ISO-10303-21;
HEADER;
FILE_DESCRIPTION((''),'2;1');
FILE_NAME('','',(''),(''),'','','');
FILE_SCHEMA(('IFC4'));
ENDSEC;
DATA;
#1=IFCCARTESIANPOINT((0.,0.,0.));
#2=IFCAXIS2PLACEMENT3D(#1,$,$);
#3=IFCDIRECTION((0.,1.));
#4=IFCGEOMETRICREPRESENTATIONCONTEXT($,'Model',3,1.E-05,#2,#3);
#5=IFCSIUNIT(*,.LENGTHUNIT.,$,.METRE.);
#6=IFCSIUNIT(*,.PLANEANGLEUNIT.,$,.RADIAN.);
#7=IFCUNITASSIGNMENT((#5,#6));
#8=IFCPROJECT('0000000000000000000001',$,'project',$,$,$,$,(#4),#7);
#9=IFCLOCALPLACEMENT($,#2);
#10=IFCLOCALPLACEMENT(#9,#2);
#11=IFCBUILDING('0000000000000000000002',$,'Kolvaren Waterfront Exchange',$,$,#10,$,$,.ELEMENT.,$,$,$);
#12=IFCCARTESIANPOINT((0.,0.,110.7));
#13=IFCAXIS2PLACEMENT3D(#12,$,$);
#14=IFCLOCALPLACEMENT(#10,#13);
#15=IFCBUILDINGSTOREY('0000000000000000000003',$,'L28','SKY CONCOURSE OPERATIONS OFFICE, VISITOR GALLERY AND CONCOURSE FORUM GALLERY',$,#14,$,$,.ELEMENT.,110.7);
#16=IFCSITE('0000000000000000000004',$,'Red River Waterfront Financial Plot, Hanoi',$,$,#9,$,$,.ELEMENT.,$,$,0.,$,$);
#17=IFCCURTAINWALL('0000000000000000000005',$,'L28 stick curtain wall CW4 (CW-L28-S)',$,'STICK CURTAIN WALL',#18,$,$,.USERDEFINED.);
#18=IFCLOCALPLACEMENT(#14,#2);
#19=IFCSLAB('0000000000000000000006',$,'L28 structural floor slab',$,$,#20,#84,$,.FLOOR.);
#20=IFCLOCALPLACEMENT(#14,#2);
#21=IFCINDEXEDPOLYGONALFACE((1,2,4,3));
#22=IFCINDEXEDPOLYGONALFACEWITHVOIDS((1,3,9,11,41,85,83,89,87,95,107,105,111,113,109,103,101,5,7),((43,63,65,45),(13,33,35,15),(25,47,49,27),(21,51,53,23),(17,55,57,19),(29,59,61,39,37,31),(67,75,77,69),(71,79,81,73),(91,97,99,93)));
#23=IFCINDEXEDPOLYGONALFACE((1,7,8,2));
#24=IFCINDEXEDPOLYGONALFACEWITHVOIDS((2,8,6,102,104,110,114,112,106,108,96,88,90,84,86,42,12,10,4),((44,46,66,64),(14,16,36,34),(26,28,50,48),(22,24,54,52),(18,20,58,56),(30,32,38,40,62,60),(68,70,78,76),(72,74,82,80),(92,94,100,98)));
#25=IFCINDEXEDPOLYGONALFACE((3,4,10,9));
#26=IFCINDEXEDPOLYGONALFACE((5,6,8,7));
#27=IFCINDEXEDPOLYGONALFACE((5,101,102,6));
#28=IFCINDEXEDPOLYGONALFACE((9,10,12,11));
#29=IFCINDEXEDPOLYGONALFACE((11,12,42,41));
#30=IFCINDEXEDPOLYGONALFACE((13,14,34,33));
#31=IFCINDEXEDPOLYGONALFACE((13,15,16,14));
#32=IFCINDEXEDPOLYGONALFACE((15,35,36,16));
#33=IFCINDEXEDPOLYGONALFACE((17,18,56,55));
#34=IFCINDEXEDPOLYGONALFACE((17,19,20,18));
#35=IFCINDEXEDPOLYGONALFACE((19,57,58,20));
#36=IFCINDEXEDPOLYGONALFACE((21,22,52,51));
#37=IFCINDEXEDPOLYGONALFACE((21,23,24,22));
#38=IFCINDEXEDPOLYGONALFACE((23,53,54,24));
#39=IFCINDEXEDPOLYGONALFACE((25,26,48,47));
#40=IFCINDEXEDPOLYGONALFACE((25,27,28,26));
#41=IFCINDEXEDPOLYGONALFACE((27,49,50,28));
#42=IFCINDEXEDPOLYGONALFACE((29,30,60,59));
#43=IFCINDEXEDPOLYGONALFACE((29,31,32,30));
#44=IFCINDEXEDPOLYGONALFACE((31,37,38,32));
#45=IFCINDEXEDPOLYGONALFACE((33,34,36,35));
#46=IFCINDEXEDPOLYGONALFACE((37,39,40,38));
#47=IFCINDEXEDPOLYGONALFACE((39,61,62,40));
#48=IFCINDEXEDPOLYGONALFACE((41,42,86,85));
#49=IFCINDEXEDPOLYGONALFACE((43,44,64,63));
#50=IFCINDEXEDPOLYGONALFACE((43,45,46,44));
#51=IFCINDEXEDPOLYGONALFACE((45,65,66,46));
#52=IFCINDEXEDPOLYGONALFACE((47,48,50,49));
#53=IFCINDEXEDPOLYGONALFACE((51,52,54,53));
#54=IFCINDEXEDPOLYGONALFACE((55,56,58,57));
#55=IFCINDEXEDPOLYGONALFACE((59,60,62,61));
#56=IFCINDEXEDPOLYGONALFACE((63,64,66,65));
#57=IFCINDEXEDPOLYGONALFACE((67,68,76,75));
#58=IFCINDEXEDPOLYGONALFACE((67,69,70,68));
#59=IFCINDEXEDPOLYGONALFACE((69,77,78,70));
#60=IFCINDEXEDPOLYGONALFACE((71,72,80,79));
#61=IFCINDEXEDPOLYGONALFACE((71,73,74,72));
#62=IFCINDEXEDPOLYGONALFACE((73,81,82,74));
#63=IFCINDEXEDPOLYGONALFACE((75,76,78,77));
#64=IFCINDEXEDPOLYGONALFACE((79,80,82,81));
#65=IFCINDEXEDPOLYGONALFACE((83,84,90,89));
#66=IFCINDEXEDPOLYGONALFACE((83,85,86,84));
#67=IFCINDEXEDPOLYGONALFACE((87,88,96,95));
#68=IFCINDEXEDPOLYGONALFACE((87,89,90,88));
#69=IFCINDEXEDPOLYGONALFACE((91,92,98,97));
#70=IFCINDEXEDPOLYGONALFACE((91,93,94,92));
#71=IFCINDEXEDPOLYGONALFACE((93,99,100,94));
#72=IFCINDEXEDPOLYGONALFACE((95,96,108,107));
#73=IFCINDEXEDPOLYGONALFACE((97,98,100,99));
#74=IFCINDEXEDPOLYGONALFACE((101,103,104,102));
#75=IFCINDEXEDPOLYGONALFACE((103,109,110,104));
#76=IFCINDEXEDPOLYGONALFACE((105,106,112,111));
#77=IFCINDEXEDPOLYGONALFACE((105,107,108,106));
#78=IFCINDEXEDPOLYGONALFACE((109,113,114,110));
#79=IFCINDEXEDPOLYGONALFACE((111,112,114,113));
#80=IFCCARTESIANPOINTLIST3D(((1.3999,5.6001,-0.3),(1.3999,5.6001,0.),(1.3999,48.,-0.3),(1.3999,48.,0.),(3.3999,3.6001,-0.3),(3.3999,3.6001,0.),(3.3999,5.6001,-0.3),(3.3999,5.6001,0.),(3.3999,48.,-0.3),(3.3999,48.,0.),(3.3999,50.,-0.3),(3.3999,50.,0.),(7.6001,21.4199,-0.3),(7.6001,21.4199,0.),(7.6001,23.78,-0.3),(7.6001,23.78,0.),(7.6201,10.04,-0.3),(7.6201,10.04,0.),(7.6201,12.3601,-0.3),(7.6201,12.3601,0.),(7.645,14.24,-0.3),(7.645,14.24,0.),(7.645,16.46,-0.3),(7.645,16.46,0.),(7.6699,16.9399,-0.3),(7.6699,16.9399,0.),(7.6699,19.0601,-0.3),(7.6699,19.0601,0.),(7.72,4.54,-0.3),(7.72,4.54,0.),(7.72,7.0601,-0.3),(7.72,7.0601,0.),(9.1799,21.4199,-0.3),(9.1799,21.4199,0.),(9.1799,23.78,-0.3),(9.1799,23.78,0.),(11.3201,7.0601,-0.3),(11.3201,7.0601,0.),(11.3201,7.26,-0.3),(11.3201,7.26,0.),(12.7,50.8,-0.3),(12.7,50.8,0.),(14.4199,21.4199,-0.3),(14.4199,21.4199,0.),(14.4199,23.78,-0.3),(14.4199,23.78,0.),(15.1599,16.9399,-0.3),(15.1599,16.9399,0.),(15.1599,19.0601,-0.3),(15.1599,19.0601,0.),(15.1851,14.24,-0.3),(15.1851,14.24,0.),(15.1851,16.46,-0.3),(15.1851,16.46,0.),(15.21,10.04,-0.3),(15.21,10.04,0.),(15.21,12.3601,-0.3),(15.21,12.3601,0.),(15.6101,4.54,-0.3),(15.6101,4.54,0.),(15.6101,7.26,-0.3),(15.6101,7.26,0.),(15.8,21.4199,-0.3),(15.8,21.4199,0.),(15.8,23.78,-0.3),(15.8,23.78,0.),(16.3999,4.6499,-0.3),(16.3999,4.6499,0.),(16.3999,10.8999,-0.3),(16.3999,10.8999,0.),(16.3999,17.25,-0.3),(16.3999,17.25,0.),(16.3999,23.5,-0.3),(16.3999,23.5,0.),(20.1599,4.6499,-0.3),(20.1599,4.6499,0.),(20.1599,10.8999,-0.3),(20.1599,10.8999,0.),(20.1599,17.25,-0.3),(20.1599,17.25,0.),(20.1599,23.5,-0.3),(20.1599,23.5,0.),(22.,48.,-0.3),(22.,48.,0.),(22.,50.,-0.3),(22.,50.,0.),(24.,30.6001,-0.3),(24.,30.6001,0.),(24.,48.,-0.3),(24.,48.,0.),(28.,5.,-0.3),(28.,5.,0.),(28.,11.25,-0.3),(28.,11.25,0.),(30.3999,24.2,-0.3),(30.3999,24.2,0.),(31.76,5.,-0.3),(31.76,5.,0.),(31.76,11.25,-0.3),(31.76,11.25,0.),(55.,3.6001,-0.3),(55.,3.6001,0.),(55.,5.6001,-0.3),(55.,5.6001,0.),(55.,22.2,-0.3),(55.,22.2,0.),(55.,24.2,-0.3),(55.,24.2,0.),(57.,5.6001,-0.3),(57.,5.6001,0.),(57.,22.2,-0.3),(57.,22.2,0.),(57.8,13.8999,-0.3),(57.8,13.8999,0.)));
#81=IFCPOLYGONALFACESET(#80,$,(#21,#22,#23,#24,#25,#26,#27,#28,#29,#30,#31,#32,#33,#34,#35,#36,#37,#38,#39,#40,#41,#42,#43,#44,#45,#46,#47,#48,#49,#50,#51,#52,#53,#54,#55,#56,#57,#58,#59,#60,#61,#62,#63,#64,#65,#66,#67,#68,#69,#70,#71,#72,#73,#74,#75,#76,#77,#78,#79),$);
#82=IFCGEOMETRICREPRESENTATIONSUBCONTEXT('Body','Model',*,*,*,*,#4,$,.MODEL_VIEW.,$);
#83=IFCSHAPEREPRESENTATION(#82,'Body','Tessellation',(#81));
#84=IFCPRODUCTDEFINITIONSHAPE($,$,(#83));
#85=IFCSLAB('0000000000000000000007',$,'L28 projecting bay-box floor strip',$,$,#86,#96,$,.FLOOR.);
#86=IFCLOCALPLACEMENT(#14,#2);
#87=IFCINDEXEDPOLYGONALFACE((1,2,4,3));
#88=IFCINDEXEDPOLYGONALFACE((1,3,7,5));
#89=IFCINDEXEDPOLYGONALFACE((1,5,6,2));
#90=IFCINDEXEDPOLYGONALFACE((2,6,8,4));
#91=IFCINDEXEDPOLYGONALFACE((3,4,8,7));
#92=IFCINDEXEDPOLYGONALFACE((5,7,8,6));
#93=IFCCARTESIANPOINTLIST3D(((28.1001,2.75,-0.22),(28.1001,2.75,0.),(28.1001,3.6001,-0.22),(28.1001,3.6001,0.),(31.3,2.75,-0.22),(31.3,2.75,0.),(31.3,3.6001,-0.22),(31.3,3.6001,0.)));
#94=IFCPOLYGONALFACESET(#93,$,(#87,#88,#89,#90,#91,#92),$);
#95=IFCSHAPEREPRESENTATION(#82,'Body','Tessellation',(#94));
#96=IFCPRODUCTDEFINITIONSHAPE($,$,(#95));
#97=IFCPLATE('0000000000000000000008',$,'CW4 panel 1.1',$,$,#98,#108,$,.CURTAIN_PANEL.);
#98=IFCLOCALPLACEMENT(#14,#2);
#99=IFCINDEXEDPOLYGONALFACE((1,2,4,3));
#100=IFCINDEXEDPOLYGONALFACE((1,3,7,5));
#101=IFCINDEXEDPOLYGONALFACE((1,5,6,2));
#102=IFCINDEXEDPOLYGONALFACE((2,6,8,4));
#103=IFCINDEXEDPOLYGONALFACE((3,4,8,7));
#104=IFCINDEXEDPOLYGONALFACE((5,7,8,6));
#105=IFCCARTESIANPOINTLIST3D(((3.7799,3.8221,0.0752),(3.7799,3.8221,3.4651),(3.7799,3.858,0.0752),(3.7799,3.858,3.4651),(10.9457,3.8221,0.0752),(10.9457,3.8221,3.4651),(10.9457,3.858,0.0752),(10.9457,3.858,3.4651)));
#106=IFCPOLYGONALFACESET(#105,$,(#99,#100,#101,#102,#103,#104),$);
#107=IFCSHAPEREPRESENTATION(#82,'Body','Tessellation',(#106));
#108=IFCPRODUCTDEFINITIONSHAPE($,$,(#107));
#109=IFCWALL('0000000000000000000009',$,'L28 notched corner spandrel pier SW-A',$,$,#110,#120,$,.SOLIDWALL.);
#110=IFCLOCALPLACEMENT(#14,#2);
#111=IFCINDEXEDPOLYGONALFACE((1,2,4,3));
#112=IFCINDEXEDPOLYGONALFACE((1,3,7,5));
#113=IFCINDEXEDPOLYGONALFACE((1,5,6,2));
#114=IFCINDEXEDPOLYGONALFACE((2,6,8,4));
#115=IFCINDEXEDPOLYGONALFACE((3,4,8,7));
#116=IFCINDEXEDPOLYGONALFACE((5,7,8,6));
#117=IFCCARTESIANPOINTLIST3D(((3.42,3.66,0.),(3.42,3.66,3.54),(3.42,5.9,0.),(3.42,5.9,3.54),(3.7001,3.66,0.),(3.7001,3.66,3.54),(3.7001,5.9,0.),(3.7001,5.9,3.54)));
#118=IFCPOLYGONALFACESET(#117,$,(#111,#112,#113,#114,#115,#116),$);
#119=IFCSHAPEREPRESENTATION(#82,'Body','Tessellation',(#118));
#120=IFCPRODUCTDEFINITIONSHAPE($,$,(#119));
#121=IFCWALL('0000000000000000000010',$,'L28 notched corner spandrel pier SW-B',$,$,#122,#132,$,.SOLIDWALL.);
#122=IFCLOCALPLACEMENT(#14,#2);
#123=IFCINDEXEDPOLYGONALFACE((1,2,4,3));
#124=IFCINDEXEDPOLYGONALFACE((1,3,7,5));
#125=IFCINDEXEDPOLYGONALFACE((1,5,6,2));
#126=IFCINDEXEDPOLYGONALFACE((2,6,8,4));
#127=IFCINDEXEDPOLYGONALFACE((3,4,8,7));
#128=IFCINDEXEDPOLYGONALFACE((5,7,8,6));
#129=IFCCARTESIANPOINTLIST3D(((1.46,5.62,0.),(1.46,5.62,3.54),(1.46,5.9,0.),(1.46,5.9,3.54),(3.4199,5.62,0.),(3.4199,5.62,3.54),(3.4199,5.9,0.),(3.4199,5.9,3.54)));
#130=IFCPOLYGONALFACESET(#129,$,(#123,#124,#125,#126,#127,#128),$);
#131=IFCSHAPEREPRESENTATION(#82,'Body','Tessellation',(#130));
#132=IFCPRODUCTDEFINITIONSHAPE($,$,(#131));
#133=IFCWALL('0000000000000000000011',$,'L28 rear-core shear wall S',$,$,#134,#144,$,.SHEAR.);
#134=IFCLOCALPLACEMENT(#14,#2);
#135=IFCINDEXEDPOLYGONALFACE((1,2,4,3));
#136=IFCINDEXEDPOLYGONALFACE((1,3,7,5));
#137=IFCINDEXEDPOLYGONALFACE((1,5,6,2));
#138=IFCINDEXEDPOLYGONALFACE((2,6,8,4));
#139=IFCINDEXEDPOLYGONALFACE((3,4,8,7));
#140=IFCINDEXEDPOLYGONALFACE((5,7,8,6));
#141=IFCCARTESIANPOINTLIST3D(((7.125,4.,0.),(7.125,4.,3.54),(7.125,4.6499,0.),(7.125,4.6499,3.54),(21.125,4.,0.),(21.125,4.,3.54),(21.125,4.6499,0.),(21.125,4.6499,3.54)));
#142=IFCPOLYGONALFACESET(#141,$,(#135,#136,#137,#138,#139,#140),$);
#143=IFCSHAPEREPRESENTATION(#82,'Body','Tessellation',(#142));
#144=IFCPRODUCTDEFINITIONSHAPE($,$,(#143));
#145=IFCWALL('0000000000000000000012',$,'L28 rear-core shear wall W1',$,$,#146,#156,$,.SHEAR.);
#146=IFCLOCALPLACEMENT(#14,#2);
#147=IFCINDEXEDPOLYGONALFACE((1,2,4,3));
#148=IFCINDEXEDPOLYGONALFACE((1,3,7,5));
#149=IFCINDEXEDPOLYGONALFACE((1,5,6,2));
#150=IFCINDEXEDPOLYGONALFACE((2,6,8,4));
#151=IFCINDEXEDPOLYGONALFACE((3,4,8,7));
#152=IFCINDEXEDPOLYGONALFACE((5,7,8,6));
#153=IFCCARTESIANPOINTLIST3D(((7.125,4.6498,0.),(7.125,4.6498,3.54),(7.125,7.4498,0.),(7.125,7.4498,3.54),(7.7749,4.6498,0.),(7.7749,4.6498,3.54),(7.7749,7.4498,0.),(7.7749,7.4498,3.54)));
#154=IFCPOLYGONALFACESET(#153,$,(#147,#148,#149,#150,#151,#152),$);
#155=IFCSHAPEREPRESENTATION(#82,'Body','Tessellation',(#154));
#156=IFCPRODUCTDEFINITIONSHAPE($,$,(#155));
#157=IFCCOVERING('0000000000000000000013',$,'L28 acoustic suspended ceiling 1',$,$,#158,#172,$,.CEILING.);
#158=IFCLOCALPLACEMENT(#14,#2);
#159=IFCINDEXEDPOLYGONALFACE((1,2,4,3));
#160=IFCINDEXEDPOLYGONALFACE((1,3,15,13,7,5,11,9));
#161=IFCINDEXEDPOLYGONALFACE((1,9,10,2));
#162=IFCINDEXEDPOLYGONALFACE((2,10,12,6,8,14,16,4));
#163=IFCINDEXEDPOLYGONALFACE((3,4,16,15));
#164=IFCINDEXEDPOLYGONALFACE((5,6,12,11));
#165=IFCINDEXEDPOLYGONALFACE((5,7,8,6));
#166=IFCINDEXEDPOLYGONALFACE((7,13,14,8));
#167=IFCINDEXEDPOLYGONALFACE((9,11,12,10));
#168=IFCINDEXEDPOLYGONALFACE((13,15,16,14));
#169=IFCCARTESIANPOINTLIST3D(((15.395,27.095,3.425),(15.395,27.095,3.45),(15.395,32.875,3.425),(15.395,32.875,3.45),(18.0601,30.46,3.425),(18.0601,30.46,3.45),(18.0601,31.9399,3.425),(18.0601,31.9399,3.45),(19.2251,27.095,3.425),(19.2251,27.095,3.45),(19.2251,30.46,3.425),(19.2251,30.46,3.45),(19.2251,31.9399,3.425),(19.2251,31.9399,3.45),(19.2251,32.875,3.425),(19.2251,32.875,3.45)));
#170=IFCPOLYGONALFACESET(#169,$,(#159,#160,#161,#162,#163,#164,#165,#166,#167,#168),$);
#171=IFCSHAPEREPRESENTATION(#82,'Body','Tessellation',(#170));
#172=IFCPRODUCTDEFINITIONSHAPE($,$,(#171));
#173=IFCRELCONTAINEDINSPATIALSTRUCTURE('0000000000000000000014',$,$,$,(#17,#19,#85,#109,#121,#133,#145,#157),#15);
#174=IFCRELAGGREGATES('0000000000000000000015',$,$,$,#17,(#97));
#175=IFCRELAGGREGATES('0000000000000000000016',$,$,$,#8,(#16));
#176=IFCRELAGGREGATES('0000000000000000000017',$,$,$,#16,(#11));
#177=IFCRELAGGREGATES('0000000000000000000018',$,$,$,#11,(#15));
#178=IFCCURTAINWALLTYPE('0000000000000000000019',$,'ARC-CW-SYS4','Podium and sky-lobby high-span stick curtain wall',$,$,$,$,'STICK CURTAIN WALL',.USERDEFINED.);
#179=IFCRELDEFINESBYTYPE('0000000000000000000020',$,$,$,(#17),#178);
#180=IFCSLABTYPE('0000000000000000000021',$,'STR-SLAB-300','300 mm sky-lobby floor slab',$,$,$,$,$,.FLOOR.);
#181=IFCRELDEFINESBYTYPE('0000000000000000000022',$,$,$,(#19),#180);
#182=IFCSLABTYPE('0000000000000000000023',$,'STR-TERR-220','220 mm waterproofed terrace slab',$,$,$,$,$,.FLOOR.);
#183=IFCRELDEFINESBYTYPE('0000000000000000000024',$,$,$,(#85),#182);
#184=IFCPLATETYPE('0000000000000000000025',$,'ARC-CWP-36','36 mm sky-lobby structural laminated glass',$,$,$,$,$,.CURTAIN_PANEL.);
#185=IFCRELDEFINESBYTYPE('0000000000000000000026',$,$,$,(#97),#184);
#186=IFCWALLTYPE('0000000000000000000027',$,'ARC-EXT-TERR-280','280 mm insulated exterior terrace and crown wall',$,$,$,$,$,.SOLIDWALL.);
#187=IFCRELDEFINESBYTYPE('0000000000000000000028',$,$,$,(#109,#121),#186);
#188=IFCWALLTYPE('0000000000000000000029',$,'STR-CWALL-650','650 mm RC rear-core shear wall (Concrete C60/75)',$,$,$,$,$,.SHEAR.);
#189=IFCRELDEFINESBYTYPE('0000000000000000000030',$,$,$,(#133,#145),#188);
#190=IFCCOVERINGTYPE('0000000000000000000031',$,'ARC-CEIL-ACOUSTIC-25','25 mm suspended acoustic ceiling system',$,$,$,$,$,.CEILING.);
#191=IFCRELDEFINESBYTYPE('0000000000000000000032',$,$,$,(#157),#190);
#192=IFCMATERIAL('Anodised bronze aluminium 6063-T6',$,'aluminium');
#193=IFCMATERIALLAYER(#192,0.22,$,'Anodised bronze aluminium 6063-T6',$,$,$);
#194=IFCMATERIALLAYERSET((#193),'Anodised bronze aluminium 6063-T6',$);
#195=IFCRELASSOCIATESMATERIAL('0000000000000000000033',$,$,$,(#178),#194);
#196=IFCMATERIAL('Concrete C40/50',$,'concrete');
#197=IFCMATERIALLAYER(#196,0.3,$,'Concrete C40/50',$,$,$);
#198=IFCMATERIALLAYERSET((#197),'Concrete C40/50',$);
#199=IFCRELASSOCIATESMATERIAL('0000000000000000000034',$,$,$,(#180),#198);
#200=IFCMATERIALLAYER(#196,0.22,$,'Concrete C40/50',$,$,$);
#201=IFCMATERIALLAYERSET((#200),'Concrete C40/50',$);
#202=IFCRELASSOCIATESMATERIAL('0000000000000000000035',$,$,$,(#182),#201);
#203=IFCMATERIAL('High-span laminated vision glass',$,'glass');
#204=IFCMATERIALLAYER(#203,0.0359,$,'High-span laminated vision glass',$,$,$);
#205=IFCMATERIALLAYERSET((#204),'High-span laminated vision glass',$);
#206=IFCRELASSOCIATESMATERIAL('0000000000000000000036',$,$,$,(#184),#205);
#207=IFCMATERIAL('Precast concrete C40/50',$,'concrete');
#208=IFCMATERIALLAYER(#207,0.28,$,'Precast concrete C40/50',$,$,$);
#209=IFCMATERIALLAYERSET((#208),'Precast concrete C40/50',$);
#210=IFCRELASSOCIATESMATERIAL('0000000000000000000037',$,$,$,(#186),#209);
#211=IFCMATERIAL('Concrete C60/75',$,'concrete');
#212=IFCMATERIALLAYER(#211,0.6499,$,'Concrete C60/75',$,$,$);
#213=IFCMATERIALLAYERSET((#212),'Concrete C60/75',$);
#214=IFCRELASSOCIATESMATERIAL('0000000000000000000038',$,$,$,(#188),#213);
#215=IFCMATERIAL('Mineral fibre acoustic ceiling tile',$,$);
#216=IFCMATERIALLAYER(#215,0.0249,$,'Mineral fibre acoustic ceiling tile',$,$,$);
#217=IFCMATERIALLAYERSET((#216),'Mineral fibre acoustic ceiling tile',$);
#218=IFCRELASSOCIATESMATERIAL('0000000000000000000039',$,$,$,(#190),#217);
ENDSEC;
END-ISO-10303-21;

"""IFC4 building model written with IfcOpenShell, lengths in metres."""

from ifc_helpers import new_model, si_unit, direction, frame, frame_2d, origin, origin_with_axes, origin_2d, place, context, subcontext, project, spatial, polyline, rectangle, outline, extrude, source, transform, mapped, material, layer, layer_set, type_object, element, aggregate, save


model = new_model("IFC4")

# Units and contexts
model_context = context("Model", 3, precision=1e-05, world=origin(), true_north=direction((0.0, 1.0)))
body_context = subcontext(model_context, "Body", "Model", "MODEL_VIEW")
ifc_project = project(units=[si_unit("LENGTHUNIT", "METRE"), si_unit("PLANEANGLEUNIT", "RADIAN")], contexts=[model_context])

# Site, building, storey
site_placement = place(None, origin())
site = spatial("IfcSite", under=ifc_project, at=site_placement, Name="Red River Waterfront Financial Plot, Hanoi", CompositionType="ELEMENT", RefElevation=0.0)
building_placement = place(site_placement, origin())
building = spatial("IfcBuilding", under=site, at=building_placement, Name="Kolvaren Waterfront Exchange", CompositionType="ELEMENT")
storey_placement = place(building_placement, frame((0.0, 0.0, 110.7)))
storey = spatial("IfcBuildingStorey", under=building, at=storey_placement, Name="L28", Description="SKY CONCOURSE OPERATIONS OFFICE, VISITOR GALLERY AND CONCOURSE FORUM GALLERY", CompositionType="ELEMENT", Elevation=110.7)

# Shared definitions
ifc_material_1 = material(Name="Concrete C60/75", Category="concrete")

# Curtain wall
ifc_material_2 = material(Name="Anodised bronze aluminium 6063-T6", Category="aluminium")
ifc_layer_1 = layer(ifc_material_2, 0.22, Name="Anodised bronze aluminium 6063-T6")
ifc_layer_set_1 = layer_set([ifc_layer_1], Name="Anodised bronze aluminium 6063-T6")
curtain_wall_type = type_object("IfcCurtainWallType", Name="ARC-CW-SYS4", Description="Podium and sky-lobby high-span stick curtain wall", ElementType="STICK CURTAIN WALL", PredefinedType="USERDEFINED", material=ifc_layer_set_1)
curtain_wall_placement = place(storey_placement, origin())
curtain_wall = element("IfcCurtainWall", 1, at=curtain_wall_placement, inside=storey, type_object=curtain_wall_type, Name="L28 stick curtain wall CW4 (CW-L28-S)", ObjectType="STICK CURTAIN WALL", PredefinedType="USERDEFINED")

# Shared definitions
ifc_material_3 = material(Name="Concrete C40/50", Category="concrete")

# Slabs
ifc_layer_2 = layer(ifc_material_3, 0.3, Name="Concrete C40/50")
ifc_layer_set_2 = layer_set([ifc_layer_2], Name="Concrete C40/50")
slab_type_1 = type_object("IfcSlabType", Name="STR-SLAB-300", Description="300 mm sky-lobby floor slab", PredefinedType="FLOOR", material=ifc_layer_set_2)
slab_1_placement = place(storey_placement, frame((0.0, 0.0, -0.3)))
element("IfcSlab", 2, at=slab_1_placement, inside=storey, type_object=slab_type_1, Name="L28 structural floor slab", PredefinedType="FLOOR", context=body_context, shape_type="SweptSolid", body=[
    extrude(outline(polyline([(3.3999, 3.6001), (55.0, 3.6001), (55.0, 5.6001), (57.0, 5.6001), (57.8, 13.8999), (57.0, 22.2), (55.0, 22.2), (55.0, 24.2), (30.3999, 24.2), (24.0, 30.6001), (24.0, 48.0), (22.0, 48.0), (22.0, 50.0), (12.7, 50.8), (3.3999, 50.0), (3.3999, 48.0), (1.3999, 48.0), (1.3999, 5.6001), (3.3999, 5.6001), (3.3999, 3.6001)]), holes=[polyline([(11.3201, 7.26), (15.6101, 7.26), (15.6101, 4.54), (7.72, 4.54), (7.72, 7.0601), (11.3201, 7.0601), (11.3201, 7.26)]), polyline([(20.1599, 4.6499), (16.3999, 4.6499), (16.3999, 10.8999), (20.1599, 10.8999), (20.1599, 4.6499)]), polyline([(31.76, 5.0), (28.0, 5.0), (28.0, 11.25), (31.76, 11.25), (31.76, 5.0)]), polyline([(15.21, 10.04), (7.6201, 10.04), (7.6201, 12.3601), (15.21, 12.3601), (15.21, 10.04)]), polyline([(7.645, 16.46), (15.1851, 16.46), (15.1851, 14.24), (7.645, 14.24), (7.645, 16.46)]), polyline([(15.1599, 16.9399), (7.6699, 16.9399), (7.6699, 19.0601), (15.1599, 19.0601), (15.1599, 16.9399)]), polyline([(16.3999, 23.5), (20.1599, 23.5), (20.1599, 17.25), (16.3999, 17.25), (16.3999, 23.5)]), polyline([(7.6001, 23.78), (9.1799, 23.78), (9.1799, 21.4199), (7.6001, 21.4199), (7.6001, 23.78)]), polyline([(15.8, 23.78), (15.8, 21.4199), (14.4199, 21.4199), (14.4199, 23.78), (15.8, 23.78)])]), origin(), (0.0, 0.0, 1.0), 0.3),
])
ifc_layer_3 = layer(ifc_material_3, 0.22, Name="Concrete C40/50")
ifc_layer_set_3 = layer_set([ifc_layer_3], Name="Concrete C40/50")
slab_type_2 = type_object("IfcSlabType", Name="STR-TERR-220", Description="220 mm waterproofed terrace slab", PredefinedType="FLOOR", material=ifc_layer_set_3)
slab_2_placement = place(storey_placement, frame((0.0, 0.0, -0.22)))
element("IfcSlab", 3, at=slab_2_placement, inside=storey, type_object=slab_type_2, Name="L28 projecting bay-box floor strip", PredefinedType="FLOOR", context=body_context, shape_type="SweptSolid", body=[
    extrude(outline(polyline([(28.1001, 2.75), (31.3, 2.75), (31.3, 3.6001), (28.1001, 3.6001), (28.1001, 2.75)])), origin(), (0.0, 0.0, 1.0), 0.22),
])

# Plate
ifc_material_4 = material(Name="High-span laminated vision glass", Category="glass")
ifc_layer_4 = layer(ifc_material_4, 0.0359, Name="High-span laminated vision glass")
ifc_layer_set_4 = layer_set([ifc_layer_4], Name="High-span laminated vision glass")
plate_type = type_object("IfcPlateType", Name="ARC-CWP-36", Description="36 mm sky-lobby structural laminated glass", PredefinedType="CURTAIN_PANEL", material=ifc_layer_set_4)
shared_shape_1 = source(origin_with_axes(), body_context, "Body", "SweptSolid", [
    extrude(rectangle(XDim=7.1658, YDim=0.0359, at=origin_2d()), origin(), (0.0, 0.0, 1.0), 3.3899),
])
plate_placement = place(storey_placement, frame((7.3628, 3.8401, 0.0752), z_axis=(0.0, 0.0, 1.0), x_axis=(1.0, 0.0, 0.0)))
plate = element("IfcPlate", 4, at=plate_placement, type_object=plate_type, Name="CW4 panel 1.1", PredefinedType="CURTAIN_PANEL", context=body_context, shape_type="MappedRepresentation", body=[
    mapped(shared_shape_1, transform((0.0, 0.0, 0.0), x_axis=(1.0, 0.0, 0.0), y_axis=(0.0, 1.0, 0.0), z_axis=(0.0, 0.0, 1.0), scale=1.0)),
])
aggregate(curtain_wall, [plate])

# Walls
ifc_material_5 = material(Name="Precast concrete C40/50", Category="concrete")
ifc_layer_5 = layer(ifc_material_5, 0.28, Name="Precast concrete C40/50")
ifc_layer_set_5 = layer_set([ifc_layer_5], Name="Precast concrete C40/50")
wall_type_1 = type_object("IfcWallType", Name="ARC-EXT-TERR-280", Description="280 mm insulated exterior terrace and crown wall", PredefinedType="SOLIDWALL", material=ifc_layer_set_5)
wall_1_placement = place(storey_placement, frame((3.5601, 3.6599, 0.0), z_axis=(0.0, 0.0, 1.0), x_axis=(0.0, 1.0, 0.0)))
element("IfcWall", 5, at=wall_1_placement, inside=storey, type_object=wall_type_1, Name="L28 notched corner spandrel pier SW-A", PredefinedType="SOLIDWALL", context=body_context, shape_type="SweptSolid", body=[
    extrude(rectangle(XDim=2.24, YDim=0.28, at=frame_2d((1.1201, 0.0))), origin(), (0.0, 0.0, 1.0), 3.54),
])
wall_2_placement = place(storey_placement, frame((1.46, 5.76, 0.0), z_axis=(0.0, 0.0, 1.0), x_axis=(1.0, 0.0, 0.0)))
element("IfcWall", 6, at=wall_2_placement, inside=storey, type_object=wall_type_1, Name="L28 notched corner spandrel pier SW-B", PredefinedType="SOLIDWALL", context=body_context, shape_type="SweptSolid", body=[
    extrude(rectangle(XDim=1.96, YDim=0.28, at=frame_2d((0.98, 0.0))), origin(), (0.0, 0.0, 1.0), 3.54),
])
ifc_layer_6 = layer(ifc_material_1, 0.6499, Name="Concrete C60/75")
ifc_layer_set_6 = layer_set([ifc_layer_6], Name="Concrete C60/75")
wall_type_2 = type_object("IfcWallType", Name="STR-CWALL-650", Description="650 mm RC rear-core shear wall (Concrete C60/75)", PredefinedType="SHEAR", material=ifc_layer_set_6)
wall_3_placement = place(storey_placement, frame((7.125, 4.325, 0.0), z_axis=(0.0, 0.0, 1.0), x_axis=(1.0, 0.0, 0.0)))
element("IfcWall", 7, at=wall_3_placement, inside=storey, type_object=wall_type_2, Name="L28 rear-core shear wall S", PredefinedType="SHEAR", context=body_context, shape_type="SweptSolid", body=[
    extrude(rectangle(XDim=14.0, YDim=0.6499, at=frame_2d((7.0, 0.0))), origin(), (0.0, 0.0, 1.0), 3.54),
])
wall_4_placement = place(storey_placement, frame((7.45, 4.6499, 0.0), z_axis=(0.0, 0.0, 1.0), x_axis=(0.0, 1.0, 0.0)))
element("IfcWall", 8, at=wall_4_placement, inside=storey, type_object=wall_type_2, Name="L28 rear-core shear wall W1", PredefinedType="SHEAR", context=body_context, shape_type="SweptSolid", body=[
    extrude(rectangle(XDim=2.8, YDim=0.6499, at=frame_2d((1.3999, 0.0))), origin(), (0.0, 0.0, 1.0), 3.54),
])

# Covering
ifc_material_6 = material(Name="Mineral fibre acoustic ceiling tile")
ifc_layer_7 = layer(ifc_material_6, 0.0249, Name="Mineral fibre acoustic ceiling tile")
ifc_layer_set_7 = layer_set([ifc_layer_7], Name="Mineral fibre acoustic ceiling tile")
covering_type_1 = type_object("IfcCoveringType", Name="ARC-CEIL-ACOUSTIC-25", Description="25 mm suspended acoustic ceiling system", PredefinedType="CEILING", material=ifc_layer_set_7)
covering_1_placement = place(storey_placement, frame((0.0, 0.0, 3.425)))
element("IfcCovering", 9, at=covering_1_placement, inside=storey, type_object=covering_type_1, Name="L28 acoustic suspended ceiling 1", PredefinedType="CEILING", context=body_context, shape_type="SweptSolid", body=[
    extrude(outline(polyline([(19.2251, 30.46), (18.0601, 30.46), (18.0601, 31.9399), (19.2251, 31.9399), (19.2251, 32.875), (15.395, 32.875), (15.395, 27.095), (19.2251, 27.095), (19.2251, 30.46)])), origin(), (0.0, 0.0, 1.0), 0.0249),
])

save(model, "model.ifc")
